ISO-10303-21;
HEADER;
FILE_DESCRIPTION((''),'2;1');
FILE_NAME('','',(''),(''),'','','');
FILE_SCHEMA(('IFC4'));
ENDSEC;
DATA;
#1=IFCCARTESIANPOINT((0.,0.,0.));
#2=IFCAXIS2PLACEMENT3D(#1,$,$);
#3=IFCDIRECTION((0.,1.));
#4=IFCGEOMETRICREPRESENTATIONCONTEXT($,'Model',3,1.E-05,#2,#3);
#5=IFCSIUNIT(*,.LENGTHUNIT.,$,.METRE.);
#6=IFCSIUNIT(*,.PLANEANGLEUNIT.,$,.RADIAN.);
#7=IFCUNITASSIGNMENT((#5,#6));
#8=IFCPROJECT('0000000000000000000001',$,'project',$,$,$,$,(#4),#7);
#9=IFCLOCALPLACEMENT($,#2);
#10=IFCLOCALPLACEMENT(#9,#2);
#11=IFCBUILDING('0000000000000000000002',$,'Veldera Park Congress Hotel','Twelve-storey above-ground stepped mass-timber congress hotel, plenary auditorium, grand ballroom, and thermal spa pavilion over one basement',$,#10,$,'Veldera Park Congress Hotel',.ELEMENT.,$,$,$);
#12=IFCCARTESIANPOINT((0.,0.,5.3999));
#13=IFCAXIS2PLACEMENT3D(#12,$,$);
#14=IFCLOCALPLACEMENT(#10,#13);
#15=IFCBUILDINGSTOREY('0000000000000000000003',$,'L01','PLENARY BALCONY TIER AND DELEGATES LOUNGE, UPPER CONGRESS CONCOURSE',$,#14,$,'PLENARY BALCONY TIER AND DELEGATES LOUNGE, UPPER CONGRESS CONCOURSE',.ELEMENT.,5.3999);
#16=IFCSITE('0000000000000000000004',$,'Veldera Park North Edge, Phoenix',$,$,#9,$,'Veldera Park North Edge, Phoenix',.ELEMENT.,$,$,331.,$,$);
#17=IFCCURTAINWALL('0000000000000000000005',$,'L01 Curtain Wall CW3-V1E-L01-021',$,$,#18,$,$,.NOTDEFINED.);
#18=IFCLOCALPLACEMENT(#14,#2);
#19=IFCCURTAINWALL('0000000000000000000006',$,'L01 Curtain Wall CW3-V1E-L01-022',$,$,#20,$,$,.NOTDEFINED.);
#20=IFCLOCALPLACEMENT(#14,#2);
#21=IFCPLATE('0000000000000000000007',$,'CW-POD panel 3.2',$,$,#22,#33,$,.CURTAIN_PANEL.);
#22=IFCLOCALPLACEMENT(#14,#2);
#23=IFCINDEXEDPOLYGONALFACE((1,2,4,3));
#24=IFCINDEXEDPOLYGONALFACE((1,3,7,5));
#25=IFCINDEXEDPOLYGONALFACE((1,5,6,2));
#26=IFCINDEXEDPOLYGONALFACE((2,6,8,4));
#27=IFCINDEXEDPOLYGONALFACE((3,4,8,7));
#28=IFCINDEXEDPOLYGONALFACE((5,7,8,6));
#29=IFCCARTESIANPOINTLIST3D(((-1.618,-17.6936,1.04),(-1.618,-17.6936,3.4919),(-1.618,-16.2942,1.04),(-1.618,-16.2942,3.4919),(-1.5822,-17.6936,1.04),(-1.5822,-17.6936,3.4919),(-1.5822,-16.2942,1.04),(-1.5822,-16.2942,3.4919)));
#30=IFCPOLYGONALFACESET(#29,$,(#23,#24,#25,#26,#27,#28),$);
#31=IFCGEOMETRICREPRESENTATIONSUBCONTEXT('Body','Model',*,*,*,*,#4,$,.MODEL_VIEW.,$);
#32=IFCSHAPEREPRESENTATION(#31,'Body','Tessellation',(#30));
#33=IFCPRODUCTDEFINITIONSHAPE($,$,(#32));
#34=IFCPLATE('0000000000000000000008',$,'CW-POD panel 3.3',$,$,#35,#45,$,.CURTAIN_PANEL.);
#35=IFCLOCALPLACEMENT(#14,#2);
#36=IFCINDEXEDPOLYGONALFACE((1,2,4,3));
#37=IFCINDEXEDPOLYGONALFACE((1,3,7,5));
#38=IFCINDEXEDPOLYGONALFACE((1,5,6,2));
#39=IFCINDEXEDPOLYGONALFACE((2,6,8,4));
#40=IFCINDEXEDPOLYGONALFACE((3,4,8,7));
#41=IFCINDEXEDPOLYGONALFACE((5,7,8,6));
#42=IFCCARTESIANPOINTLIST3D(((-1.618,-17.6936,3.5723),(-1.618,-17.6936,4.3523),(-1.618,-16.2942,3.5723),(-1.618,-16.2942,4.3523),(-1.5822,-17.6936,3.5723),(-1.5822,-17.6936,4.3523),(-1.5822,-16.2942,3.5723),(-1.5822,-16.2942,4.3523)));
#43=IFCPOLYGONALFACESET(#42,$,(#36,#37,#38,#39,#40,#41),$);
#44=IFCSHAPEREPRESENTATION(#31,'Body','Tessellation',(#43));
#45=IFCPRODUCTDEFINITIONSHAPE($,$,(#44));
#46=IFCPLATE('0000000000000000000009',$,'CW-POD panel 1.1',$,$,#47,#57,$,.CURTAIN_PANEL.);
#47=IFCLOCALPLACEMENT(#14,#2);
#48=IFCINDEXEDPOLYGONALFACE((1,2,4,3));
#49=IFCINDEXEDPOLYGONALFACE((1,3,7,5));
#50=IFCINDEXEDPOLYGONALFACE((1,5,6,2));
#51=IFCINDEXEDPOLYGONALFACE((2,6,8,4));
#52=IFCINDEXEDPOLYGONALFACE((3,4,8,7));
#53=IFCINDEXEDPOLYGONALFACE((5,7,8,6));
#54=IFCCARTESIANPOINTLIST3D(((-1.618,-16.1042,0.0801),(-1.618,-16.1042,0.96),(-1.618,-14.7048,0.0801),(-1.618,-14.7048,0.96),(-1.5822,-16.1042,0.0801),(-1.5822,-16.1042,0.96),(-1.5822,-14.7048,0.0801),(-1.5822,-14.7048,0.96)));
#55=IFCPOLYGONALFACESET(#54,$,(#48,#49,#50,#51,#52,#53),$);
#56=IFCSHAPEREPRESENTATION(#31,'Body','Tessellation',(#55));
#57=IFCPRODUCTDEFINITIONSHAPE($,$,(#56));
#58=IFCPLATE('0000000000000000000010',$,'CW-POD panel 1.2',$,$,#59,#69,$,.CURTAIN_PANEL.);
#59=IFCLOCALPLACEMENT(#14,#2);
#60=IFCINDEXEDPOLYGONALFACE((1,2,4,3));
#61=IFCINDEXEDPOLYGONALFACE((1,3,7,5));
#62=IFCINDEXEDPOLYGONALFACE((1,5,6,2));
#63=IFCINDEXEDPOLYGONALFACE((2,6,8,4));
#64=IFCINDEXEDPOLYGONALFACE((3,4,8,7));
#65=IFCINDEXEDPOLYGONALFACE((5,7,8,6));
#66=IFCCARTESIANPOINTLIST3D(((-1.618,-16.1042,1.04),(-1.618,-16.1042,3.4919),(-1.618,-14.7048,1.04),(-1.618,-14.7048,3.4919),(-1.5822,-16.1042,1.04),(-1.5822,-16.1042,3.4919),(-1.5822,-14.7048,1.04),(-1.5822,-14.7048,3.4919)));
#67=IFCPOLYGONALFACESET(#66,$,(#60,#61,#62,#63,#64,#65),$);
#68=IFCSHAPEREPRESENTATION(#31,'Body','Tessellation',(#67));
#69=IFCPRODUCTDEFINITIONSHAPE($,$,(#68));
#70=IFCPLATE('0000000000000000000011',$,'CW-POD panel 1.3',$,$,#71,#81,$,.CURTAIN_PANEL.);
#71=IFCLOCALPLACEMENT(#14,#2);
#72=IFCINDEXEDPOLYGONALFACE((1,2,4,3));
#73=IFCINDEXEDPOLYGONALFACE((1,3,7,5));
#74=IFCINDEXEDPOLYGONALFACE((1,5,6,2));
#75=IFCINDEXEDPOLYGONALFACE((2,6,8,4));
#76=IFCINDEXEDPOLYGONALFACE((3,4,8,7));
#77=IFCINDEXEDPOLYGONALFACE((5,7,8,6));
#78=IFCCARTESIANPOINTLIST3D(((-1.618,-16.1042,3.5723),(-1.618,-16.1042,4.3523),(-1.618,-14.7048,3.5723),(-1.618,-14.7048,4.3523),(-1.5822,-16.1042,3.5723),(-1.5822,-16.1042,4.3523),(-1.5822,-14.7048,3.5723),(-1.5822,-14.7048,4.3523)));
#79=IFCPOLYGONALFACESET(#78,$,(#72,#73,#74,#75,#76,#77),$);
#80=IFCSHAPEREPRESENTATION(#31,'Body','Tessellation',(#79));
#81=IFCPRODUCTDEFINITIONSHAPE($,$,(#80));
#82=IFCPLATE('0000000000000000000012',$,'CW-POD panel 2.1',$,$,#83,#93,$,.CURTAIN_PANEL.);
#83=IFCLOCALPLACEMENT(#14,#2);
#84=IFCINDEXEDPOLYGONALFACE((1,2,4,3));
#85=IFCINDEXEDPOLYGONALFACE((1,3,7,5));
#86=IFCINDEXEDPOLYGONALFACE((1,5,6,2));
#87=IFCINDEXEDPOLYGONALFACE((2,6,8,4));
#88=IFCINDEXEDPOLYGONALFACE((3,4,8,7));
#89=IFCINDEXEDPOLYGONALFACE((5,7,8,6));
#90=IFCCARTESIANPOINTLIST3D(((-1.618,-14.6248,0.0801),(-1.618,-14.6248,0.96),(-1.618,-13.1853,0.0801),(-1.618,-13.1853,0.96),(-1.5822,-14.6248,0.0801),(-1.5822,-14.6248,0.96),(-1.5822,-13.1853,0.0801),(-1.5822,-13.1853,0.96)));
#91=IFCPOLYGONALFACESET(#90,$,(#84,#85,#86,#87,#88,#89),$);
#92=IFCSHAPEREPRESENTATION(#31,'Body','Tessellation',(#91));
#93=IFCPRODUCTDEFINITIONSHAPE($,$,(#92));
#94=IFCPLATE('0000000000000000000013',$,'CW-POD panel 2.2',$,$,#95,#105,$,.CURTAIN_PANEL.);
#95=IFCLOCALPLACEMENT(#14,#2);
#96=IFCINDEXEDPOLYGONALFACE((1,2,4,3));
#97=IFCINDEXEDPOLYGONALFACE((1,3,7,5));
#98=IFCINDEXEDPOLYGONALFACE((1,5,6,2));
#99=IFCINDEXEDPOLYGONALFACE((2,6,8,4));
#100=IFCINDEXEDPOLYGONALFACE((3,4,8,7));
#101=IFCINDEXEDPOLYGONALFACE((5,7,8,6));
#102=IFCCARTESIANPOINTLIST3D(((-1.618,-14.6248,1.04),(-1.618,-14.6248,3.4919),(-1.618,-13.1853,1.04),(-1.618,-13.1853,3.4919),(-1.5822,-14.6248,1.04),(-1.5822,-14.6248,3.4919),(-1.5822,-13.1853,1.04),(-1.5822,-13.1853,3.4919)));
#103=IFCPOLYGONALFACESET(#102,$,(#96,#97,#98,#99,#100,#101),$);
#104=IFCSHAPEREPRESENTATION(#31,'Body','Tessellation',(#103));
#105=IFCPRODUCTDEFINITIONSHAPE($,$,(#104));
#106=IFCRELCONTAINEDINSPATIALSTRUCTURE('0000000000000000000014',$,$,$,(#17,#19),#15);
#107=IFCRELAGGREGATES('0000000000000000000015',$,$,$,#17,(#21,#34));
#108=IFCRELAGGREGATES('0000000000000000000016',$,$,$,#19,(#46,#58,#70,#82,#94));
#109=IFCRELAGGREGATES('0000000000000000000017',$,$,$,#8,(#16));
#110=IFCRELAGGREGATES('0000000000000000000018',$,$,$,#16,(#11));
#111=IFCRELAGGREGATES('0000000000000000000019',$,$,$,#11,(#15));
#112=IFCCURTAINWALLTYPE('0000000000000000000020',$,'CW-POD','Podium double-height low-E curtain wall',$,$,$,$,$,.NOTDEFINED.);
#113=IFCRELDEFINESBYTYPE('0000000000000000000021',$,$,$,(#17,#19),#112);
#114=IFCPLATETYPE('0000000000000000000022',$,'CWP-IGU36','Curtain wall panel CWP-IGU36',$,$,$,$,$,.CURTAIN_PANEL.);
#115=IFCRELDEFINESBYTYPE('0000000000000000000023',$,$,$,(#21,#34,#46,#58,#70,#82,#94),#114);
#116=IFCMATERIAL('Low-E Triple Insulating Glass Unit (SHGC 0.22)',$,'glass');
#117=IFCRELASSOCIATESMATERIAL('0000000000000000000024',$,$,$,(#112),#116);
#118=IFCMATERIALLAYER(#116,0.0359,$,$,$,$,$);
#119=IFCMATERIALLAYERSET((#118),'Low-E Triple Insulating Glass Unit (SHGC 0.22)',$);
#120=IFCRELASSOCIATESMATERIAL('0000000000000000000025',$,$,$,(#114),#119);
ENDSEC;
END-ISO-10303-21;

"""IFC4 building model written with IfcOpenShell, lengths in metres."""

from ifc_helpers import new_model, si_unit, direction, frame, origin, origin_2d, place, context, subcontext, project, spatial, rectangle, extrude, material, layer, layer_set, type_object, element, aggregate, save


model = new_model("IFC4")

# Units and contexts
model_context = context("Model", 3, precision=1e-05, world=origin(), true_north=direction((0.0, 1.0)))
body_context = subcontext(model_context, "Body", "Model", "MODEL_VIEW")
ifc_project = project(units=[si_unit("LENGTHUNIT", "METRE"), si_unit("PLANEANGLEUNIT", "RADIAN")], contexts=[model_context])

# Site, building, storey
site_placement = place(None, origin())
site = spatial("IfcSite", under=ifc_project, at=site_placement, Name="Veldera Park North Edge, Phoenix", LongName="Veldera Park North Edge, Phoenix", CompositionType="ELEMENT", RefElevation=331.0)
building_placement = place(site_placement, origin())
building = spatial("IfcBuilding", under=site, at=building_placement, Name="Veldera Park Congress Hotel", Description="Twelve-storey above-ground stepped mass-timber congress hotel, plenary auditorium, grand ballroom, and thermal spa pavilion over one basement", LongName="Veldera Park Congress Hotel", CompositionType="ELEMENT")
storey_placement = place(building_placement, frame((0.0, 0.0, 5.3999)))
storey = spatial("IfcBuildingStorey", under=building, at=storey_placement, Name="L01", Description="PLENARY BALCONY TIER AND DELEGATES LOUNGE, UPPER CONGRESS CONCOURSE", LongName="PLENARY BALCONY TIER AND DELEGATES LOUNGE, UPPER CONGRESS CONCOURSE", CompositionType="ELEMENT", Elevation=5.3999)

# Curtain walls
ifc_material_1 = material(Name="Low-E Triple Insulating Glass Unit (SHGC 0.22)", Category="glass")
curtain_wall_type = type_object("IfcCurtainWallType", Name="CW-POD", Description="Podium double-height low-E curtain wall", PredefinedType="NOTDEFINED", material=ifc_material_1)
curtain_wall_1_placement = place(storey_placement, origin())
curtain_wall_1 = element("IfcCurtainWall", 1, at=curtain_wall_1_placement, inside=storey, type_object=curtain_wall_type, Name="L01 Curtain Wall CW3-V1E-L01-021", PredefinedType="NOTDEFINED")
curtain_wall_2_placement = place(storey_placement, origin())
curtain_wall_2 = element("IfcCurtainWall", 2, at=curtain_wall_2_placement, inside=storey, type_object=curtain_wall_type, Name="L01 Curtain Wall CW3-V1E-L01-022", PredefinedType="NOTDEFINED")

# Plates
ifc_layer = layer(ifc_material_1, 0.0359)
ifc_layer_set = layer_set([ifc_layer], Name="Low-E Triple Insulating Glass Unit (SHGC 0.22)")
plate_type = type_object("IfcPlateType", Name="CWP-IGU36", Description="Curtain wall panel CWP-IGU36", PredefinedType="CURTAIN_PANEL", material=ifc_layer_set)
plate_1_placement = place(storey_placement, frame((-1.6001, -16.9939, 1.04), z_axis=(0.0, 0.0, 1.0), x_axis=(0.0, 1.0, 0.0)))
plate_1 = element("IfcPlate", 3, at=plate_1_placement, type_object=plate_type, Name="CW-POD panel 3.2", PredefinedType="CURTAIN_PANEL", context=body_context, shape_type="SweptSolid", body=[
    extrude(rectangle(XDim=1.3994, YDim=0.0359, at=origin_2d()), origin(), (0.0, 0.0, 1.0), 2.4519),
])
plate_2_placement = place(storey_placement, frame((-1.6001, -16.9939, 3.5723), z_axis=(0.0, 0.0, 1.0), x_axis=(0.0, 1.0, 0.0)))
plate_2 = element("IfcPlate", 4, at=plate_2_placement, type_object=plate_type, Name="CW-POD panel 3.3", PredefinedType="CURTAIN_PANEL", context=body_context, shape_type="SweptSolid", body=[
    extrude(rectangle(XDim=1.3994, YDim=0.0359, at=origin_2d()), origin(), (0.0, 0.0, 1.0), 0.78),
])
aggregate(curtain_wall_1, [plate_1, plate_2])
plate_3_placement = place(storey_placement, frame((-1.6001, -15.4045, 0.0801), z_axis=(0.0, 0.0, 1.0), x_axis=(0.0, 1.0, 0.0)))
plate_3 = element("IfcPlate", 5, at=plate_3_placement, type_object=plate_type, Name="CW-POD panel 1.1", PredefinedType="CURTAIN_PANEL", context=body_context, shape_type="SweptSolid", body=[
    extrude(rectangle(XDim=1.3994, YDim=0.0359, at=origin_2d()), origin(), (0.0, 0.0, 1.0), 0.8799),
])
plate_4_placement = place(storey_placement, frame((-1.6001, -15.4045, 1.04), z_axis=(0.0, 0.0, 1.0), x_axis=(0.0, 1.0, 0.0)))
plate_4 = element("IfcPlate", 6, at=plate_4_placement, type_object=plate_type, Name="CW-POD panel 1.2", PredefinedType="CURTAIN_PANEL", context=body_context, shape_type="SweptSolid", body=[
    extrude(rectangle(XDim=1.3994, YDim=0.0359, at=origin_2d()), origin(), (0.0, 0.0, 1.0), 2.4519),
])
plate_5_placement = place(storey_placement, frame((-1.6001, -15.4045, 3.5723), z_axis=(0.0, 0.0, 1.0), x_axis=(0.0, 1.0, 0.0)))
plate_5 = element("IfcPlate", 7, at=plate_5_placement, type_object=plate_type, Name="CW-POD panel 1.3", PredefinedType="CURTAIN_PANEL", context=body_context, shape_type="SweptSolid", body=[
    extrude(rectangle(XDim=1.3994, YDim=0.0359, at=origin_2d()), origin(), (0.0, 0.0, 1.0), 0.78),
])
plate_6_placement = place(storey_placement, frame((-1.6001, -13.905, 0.0801), z_axis=(0.0, 0.0, 1.0), x_axis=(0.0, 1.0, 0.0)))
plate_6 = element("IfcPlate", 8, at=plate_6_placement, type_object=plate_type, Name="CW-POD panel 2.1", PredefinedType="CURTAIN_PANEL", context=body_context, shape_type="SweptSolid", body=[
    extrude(rectangle(XDim=1.4395, YDim=0.0359, at=origin_2d()), origin(), (0.0, 0.0, 1.0), 0.8799),
])
plate_7_placement = place(storey_placement, frame((-1.6001, -13.905, 1.04), z_axis=(0.0, 0.0, 1.0), x_axis=(0.0, 1.0, 0.0)))
plate_7 = element("IfcPlate", 9, at=plate_7_placement, type_object=plate_type, Name="CW-POD panel 2.2", PredefinedType="CURTAIN_PANEL", context=body_context, shape_type="SweptSolid", body=[
    extrude(rectangle(XDim=1.4395, YDim=0.0359, at=origin_2d()), origin(), (0.0, 0.0, 1.0), 2.4519),
])
aggregate(curtain_wall_2, [plate_3, plate_4, plate_5, plate_6, plate_7])

save(model, "model.ifc")
